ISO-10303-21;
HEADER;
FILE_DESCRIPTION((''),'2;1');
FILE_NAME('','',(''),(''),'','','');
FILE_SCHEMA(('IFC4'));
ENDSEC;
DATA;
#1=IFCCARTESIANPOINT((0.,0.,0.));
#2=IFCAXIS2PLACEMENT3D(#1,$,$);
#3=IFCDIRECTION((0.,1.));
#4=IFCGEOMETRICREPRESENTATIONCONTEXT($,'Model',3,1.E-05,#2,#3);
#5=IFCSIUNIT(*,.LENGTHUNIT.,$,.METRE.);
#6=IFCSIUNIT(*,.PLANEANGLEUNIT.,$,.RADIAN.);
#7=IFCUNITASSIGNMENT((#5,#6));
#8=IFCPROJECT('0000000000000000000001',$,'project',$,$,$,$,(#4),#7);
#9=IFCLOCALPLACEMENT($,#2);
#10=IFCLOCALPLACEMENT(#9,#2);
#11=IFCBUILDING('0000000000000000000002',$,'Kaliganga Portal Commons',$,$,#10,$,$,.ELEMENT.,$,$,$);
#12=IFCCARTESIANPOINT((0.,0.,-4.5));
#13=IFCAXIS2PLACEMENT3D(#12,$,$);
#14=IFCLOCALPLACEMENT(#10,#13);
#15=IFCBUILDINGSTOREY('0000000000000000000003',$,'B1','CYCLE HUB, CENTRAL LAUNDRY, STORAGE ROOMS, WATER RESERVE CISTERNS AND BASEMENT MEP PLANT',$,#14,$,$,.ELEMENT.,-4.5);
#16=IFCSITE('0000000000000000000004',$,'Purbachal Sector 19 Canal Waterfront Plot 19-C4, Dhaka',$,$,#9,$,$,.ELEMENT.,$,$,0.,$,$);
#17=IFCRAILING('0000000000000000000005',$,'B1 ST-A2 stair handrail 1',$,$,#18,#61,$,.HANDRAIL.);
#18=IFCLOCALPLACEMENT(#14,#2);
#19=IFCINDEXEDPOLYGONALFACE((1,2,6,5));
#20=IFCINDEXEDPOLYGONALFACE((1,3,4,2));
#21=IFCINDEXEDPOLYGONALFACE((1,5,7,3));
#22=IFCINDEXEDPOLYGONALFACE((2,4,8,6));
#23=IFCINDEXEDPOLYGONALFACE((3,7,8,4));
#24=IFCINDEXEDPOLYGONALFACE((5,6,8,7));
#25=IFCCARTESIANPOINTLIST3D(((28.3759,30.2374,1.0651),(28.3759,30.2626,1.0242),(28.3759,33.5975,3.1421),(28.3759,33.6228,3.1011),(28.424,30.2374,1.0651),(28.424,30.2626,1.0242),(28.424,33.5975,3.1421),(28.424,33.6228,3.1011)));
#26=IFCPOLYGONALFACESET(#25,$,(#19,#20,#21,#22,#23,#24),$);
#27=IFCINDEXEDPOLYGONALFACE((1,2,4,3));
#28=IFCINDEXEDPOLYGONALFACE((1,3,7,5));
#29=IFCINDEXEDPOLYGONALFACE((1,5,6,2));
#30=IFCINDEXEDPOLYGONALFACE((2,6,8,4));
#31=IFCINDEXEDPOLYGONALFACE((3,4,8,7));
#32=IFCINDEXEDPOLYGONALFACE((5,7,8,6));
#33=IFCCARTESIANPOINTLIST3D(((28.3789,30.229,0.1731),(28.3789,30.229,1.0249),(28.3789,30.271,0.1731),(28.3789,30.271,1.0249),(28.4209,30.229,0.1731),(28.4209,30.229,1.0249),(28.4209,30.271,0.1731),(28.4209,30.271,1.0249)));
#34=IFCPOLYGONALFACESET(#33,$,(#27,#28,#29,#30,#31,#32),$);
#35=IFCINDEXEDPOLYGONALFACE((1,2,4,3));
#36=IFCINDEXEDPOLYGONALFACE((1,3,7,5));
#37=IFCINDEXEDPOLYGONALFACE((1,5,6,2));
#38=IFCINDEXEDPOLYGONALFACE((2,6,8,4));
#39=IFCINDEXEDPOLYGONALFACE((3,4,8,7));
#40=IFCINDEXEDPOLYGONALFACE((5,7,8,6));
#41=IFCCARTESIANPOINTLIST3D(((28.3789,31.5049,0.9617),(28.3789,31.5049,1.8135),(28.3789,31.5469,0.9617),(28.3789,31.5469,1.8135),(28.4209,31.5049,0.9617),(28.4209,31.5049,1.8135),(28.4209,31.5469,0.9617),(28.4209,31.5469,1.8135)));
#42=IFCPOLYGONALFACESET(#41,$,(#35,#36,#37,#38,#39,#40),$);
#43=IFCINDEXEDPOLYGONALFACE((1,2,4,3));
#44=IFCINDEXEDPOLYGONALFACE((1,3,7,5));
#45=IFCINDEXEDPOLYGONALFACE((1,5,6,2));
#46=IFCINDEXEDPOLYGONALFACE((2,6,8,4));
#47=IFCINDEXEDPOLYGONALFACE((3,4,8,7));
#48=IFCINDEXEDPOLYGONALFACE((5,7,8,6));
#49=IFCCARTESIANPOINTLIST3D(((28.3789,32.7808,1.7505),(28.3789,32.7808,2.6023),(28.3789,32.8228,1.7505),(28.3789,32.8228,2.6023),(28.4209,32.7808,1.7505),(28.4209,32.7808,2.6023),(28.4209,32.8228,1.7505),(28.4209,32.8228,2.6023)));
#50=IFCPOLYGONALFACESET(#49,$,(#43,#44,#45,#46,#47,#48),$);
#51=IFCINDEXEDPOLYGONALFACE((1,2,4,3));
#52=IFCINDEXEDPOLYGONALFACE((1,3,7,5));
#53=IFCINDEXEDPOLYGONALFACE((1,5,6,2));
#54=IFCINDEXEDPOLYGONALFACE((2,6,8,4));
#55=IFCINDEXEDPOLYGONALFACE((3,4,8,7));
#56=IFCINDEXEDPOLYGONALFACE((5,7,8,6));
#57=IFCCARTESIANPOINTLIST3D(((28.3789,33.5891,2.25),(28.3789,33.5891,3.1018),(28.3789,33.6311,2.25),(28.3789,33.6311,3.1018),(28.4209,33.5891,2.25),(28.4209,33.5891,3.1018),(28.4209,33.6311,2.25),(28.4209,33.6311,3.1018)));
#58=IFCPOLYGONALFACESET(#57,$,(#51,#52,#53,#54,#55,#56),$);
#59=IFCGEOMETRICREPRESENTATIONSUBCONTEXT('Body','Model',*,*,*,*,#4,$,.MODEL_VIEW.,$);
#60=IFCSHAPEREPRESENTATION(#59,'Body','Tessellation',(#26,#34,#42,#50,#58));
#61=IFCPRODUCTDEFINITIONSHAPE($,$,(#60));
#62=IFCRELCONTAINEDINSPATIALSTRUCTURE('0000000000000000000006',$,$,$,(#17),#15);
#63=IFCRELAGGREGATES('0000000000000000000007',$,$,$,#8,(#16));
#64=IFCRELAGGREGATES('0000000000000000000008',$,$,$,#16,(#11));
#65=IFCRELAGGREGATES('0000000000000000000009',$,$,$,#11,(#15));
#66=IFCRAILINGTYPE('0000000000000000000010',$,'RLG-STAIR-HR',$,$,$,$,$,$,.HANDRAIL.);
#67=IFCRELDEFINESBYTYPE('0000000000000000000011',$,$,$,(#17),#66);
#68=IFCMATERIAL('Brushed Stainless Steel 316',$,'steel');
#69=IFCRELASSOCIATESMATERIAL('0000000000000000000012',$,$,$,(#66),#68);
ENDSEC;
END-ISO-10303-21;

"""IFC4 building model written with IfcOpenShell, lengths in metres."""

from ifc_helpers import new_model, si_unit, direction, frame, origin, origin_2d, place, context, subcontext, project, spatial, rectangle, extrude, material, type_object, element, save


model = new_model("IFC4")

# Units and contexts
model_context = context("Model", 3, precision=1e-05, world=origin(), true_north=direction((0.0, 1.0)))
body_context = subcontext(model_context, "Body", "Model", "MODEL_VIEW")
ifc_project = project(units=[si_unit("LENGTHUNIT", "METRE"), si_unit("PLANEANGLEUNIT", "RADIAN")], contexts=[model_context])

# Site, building, storey
site_placement = place(None, origin())
site = spatial("IfcSite", under=ifc_project, at=site_placement, Name="Purbachal Sector 19 Canal Waterfront Plot 19-C4, Dhaka", CompositionType="ELEMENT", RefElevation=0.0)
building_placement = place(site_placement, origin())
building = spatial("IfcBuilding", under=site, at=building_placement, Name="Kaliganga Portal Commons", CompositionType="ELEMENT")
storey_placement = place(building_placement, frame((0.0, 0.0, -4.5)))
storey = spatial("IfcBuildingStorey", under=building, at=storey_placement, Name="B1", Description="CYCLE HUB, CENTRAL LAUNDRY, STORAGE ROOMS, WATER RESERVE CISTERNS AND BASEMENT MEP PLANT", CompositionType="ELEMENT", Elevation=-4.5)

# Railing
ifc_material_1 = material(Name="Brushed Stainless Steel 316", Category="steel")
railing_type_1 = type_object("IfcRailingType", Name="RLG-STAIR-HR", PredefinedType="HANDRAIL", material=ifc_material_1)
railing_1_placement = place(storey_placement, frame((28.3999, 30.25, 0.1731)))
element("IfcRailing", 1, at=railing_1_placement, inside=storey, type_object=railing_type_1, Name="B1 ST-A2 stair handrail 1", PredefinedType="HANDRAIL", context=body_context, shape_type="SweptSolid", body=[
    extrude(rectangle(XDim=0.0481, YDim=0.0481, at=origin_2d()), frame((0.0, 0.0, 0.8716), z_axis=(0.0, 0.850623, 0.525776), x_axis=(-1.0, 0.0, 0.0)), (0.0, 0.0, 1.0), 3.9502),
    extrude(rectangle(XDim=0.042, YDim=0.042, at=origin_2d()), origin(), (0.0, 0.0, 1.0), 0.8518),
    extrude(rectangle(XDim=0.042, YDim=0.042, at=origin_2d()), frame((0.0, 1.2759, 0.7886)), (0.0, 0.0, 1.0), 0.8518),
    extrude(rectangle(XDim=0.042, YDim=0.042, at=origin_2d()), frame((0.0, 2.5518, 1.5774)), (0.0, 0.0, 1.0), 0.8518),
    extrude(rectangle(XDim=0.042, YDim=0.042, at=origin_2d()), frame((0.0, 3.3601, 2.0769)), (0.0, 0.0, 1.0), 0.8518),
])

save(model, "model.ifc")
